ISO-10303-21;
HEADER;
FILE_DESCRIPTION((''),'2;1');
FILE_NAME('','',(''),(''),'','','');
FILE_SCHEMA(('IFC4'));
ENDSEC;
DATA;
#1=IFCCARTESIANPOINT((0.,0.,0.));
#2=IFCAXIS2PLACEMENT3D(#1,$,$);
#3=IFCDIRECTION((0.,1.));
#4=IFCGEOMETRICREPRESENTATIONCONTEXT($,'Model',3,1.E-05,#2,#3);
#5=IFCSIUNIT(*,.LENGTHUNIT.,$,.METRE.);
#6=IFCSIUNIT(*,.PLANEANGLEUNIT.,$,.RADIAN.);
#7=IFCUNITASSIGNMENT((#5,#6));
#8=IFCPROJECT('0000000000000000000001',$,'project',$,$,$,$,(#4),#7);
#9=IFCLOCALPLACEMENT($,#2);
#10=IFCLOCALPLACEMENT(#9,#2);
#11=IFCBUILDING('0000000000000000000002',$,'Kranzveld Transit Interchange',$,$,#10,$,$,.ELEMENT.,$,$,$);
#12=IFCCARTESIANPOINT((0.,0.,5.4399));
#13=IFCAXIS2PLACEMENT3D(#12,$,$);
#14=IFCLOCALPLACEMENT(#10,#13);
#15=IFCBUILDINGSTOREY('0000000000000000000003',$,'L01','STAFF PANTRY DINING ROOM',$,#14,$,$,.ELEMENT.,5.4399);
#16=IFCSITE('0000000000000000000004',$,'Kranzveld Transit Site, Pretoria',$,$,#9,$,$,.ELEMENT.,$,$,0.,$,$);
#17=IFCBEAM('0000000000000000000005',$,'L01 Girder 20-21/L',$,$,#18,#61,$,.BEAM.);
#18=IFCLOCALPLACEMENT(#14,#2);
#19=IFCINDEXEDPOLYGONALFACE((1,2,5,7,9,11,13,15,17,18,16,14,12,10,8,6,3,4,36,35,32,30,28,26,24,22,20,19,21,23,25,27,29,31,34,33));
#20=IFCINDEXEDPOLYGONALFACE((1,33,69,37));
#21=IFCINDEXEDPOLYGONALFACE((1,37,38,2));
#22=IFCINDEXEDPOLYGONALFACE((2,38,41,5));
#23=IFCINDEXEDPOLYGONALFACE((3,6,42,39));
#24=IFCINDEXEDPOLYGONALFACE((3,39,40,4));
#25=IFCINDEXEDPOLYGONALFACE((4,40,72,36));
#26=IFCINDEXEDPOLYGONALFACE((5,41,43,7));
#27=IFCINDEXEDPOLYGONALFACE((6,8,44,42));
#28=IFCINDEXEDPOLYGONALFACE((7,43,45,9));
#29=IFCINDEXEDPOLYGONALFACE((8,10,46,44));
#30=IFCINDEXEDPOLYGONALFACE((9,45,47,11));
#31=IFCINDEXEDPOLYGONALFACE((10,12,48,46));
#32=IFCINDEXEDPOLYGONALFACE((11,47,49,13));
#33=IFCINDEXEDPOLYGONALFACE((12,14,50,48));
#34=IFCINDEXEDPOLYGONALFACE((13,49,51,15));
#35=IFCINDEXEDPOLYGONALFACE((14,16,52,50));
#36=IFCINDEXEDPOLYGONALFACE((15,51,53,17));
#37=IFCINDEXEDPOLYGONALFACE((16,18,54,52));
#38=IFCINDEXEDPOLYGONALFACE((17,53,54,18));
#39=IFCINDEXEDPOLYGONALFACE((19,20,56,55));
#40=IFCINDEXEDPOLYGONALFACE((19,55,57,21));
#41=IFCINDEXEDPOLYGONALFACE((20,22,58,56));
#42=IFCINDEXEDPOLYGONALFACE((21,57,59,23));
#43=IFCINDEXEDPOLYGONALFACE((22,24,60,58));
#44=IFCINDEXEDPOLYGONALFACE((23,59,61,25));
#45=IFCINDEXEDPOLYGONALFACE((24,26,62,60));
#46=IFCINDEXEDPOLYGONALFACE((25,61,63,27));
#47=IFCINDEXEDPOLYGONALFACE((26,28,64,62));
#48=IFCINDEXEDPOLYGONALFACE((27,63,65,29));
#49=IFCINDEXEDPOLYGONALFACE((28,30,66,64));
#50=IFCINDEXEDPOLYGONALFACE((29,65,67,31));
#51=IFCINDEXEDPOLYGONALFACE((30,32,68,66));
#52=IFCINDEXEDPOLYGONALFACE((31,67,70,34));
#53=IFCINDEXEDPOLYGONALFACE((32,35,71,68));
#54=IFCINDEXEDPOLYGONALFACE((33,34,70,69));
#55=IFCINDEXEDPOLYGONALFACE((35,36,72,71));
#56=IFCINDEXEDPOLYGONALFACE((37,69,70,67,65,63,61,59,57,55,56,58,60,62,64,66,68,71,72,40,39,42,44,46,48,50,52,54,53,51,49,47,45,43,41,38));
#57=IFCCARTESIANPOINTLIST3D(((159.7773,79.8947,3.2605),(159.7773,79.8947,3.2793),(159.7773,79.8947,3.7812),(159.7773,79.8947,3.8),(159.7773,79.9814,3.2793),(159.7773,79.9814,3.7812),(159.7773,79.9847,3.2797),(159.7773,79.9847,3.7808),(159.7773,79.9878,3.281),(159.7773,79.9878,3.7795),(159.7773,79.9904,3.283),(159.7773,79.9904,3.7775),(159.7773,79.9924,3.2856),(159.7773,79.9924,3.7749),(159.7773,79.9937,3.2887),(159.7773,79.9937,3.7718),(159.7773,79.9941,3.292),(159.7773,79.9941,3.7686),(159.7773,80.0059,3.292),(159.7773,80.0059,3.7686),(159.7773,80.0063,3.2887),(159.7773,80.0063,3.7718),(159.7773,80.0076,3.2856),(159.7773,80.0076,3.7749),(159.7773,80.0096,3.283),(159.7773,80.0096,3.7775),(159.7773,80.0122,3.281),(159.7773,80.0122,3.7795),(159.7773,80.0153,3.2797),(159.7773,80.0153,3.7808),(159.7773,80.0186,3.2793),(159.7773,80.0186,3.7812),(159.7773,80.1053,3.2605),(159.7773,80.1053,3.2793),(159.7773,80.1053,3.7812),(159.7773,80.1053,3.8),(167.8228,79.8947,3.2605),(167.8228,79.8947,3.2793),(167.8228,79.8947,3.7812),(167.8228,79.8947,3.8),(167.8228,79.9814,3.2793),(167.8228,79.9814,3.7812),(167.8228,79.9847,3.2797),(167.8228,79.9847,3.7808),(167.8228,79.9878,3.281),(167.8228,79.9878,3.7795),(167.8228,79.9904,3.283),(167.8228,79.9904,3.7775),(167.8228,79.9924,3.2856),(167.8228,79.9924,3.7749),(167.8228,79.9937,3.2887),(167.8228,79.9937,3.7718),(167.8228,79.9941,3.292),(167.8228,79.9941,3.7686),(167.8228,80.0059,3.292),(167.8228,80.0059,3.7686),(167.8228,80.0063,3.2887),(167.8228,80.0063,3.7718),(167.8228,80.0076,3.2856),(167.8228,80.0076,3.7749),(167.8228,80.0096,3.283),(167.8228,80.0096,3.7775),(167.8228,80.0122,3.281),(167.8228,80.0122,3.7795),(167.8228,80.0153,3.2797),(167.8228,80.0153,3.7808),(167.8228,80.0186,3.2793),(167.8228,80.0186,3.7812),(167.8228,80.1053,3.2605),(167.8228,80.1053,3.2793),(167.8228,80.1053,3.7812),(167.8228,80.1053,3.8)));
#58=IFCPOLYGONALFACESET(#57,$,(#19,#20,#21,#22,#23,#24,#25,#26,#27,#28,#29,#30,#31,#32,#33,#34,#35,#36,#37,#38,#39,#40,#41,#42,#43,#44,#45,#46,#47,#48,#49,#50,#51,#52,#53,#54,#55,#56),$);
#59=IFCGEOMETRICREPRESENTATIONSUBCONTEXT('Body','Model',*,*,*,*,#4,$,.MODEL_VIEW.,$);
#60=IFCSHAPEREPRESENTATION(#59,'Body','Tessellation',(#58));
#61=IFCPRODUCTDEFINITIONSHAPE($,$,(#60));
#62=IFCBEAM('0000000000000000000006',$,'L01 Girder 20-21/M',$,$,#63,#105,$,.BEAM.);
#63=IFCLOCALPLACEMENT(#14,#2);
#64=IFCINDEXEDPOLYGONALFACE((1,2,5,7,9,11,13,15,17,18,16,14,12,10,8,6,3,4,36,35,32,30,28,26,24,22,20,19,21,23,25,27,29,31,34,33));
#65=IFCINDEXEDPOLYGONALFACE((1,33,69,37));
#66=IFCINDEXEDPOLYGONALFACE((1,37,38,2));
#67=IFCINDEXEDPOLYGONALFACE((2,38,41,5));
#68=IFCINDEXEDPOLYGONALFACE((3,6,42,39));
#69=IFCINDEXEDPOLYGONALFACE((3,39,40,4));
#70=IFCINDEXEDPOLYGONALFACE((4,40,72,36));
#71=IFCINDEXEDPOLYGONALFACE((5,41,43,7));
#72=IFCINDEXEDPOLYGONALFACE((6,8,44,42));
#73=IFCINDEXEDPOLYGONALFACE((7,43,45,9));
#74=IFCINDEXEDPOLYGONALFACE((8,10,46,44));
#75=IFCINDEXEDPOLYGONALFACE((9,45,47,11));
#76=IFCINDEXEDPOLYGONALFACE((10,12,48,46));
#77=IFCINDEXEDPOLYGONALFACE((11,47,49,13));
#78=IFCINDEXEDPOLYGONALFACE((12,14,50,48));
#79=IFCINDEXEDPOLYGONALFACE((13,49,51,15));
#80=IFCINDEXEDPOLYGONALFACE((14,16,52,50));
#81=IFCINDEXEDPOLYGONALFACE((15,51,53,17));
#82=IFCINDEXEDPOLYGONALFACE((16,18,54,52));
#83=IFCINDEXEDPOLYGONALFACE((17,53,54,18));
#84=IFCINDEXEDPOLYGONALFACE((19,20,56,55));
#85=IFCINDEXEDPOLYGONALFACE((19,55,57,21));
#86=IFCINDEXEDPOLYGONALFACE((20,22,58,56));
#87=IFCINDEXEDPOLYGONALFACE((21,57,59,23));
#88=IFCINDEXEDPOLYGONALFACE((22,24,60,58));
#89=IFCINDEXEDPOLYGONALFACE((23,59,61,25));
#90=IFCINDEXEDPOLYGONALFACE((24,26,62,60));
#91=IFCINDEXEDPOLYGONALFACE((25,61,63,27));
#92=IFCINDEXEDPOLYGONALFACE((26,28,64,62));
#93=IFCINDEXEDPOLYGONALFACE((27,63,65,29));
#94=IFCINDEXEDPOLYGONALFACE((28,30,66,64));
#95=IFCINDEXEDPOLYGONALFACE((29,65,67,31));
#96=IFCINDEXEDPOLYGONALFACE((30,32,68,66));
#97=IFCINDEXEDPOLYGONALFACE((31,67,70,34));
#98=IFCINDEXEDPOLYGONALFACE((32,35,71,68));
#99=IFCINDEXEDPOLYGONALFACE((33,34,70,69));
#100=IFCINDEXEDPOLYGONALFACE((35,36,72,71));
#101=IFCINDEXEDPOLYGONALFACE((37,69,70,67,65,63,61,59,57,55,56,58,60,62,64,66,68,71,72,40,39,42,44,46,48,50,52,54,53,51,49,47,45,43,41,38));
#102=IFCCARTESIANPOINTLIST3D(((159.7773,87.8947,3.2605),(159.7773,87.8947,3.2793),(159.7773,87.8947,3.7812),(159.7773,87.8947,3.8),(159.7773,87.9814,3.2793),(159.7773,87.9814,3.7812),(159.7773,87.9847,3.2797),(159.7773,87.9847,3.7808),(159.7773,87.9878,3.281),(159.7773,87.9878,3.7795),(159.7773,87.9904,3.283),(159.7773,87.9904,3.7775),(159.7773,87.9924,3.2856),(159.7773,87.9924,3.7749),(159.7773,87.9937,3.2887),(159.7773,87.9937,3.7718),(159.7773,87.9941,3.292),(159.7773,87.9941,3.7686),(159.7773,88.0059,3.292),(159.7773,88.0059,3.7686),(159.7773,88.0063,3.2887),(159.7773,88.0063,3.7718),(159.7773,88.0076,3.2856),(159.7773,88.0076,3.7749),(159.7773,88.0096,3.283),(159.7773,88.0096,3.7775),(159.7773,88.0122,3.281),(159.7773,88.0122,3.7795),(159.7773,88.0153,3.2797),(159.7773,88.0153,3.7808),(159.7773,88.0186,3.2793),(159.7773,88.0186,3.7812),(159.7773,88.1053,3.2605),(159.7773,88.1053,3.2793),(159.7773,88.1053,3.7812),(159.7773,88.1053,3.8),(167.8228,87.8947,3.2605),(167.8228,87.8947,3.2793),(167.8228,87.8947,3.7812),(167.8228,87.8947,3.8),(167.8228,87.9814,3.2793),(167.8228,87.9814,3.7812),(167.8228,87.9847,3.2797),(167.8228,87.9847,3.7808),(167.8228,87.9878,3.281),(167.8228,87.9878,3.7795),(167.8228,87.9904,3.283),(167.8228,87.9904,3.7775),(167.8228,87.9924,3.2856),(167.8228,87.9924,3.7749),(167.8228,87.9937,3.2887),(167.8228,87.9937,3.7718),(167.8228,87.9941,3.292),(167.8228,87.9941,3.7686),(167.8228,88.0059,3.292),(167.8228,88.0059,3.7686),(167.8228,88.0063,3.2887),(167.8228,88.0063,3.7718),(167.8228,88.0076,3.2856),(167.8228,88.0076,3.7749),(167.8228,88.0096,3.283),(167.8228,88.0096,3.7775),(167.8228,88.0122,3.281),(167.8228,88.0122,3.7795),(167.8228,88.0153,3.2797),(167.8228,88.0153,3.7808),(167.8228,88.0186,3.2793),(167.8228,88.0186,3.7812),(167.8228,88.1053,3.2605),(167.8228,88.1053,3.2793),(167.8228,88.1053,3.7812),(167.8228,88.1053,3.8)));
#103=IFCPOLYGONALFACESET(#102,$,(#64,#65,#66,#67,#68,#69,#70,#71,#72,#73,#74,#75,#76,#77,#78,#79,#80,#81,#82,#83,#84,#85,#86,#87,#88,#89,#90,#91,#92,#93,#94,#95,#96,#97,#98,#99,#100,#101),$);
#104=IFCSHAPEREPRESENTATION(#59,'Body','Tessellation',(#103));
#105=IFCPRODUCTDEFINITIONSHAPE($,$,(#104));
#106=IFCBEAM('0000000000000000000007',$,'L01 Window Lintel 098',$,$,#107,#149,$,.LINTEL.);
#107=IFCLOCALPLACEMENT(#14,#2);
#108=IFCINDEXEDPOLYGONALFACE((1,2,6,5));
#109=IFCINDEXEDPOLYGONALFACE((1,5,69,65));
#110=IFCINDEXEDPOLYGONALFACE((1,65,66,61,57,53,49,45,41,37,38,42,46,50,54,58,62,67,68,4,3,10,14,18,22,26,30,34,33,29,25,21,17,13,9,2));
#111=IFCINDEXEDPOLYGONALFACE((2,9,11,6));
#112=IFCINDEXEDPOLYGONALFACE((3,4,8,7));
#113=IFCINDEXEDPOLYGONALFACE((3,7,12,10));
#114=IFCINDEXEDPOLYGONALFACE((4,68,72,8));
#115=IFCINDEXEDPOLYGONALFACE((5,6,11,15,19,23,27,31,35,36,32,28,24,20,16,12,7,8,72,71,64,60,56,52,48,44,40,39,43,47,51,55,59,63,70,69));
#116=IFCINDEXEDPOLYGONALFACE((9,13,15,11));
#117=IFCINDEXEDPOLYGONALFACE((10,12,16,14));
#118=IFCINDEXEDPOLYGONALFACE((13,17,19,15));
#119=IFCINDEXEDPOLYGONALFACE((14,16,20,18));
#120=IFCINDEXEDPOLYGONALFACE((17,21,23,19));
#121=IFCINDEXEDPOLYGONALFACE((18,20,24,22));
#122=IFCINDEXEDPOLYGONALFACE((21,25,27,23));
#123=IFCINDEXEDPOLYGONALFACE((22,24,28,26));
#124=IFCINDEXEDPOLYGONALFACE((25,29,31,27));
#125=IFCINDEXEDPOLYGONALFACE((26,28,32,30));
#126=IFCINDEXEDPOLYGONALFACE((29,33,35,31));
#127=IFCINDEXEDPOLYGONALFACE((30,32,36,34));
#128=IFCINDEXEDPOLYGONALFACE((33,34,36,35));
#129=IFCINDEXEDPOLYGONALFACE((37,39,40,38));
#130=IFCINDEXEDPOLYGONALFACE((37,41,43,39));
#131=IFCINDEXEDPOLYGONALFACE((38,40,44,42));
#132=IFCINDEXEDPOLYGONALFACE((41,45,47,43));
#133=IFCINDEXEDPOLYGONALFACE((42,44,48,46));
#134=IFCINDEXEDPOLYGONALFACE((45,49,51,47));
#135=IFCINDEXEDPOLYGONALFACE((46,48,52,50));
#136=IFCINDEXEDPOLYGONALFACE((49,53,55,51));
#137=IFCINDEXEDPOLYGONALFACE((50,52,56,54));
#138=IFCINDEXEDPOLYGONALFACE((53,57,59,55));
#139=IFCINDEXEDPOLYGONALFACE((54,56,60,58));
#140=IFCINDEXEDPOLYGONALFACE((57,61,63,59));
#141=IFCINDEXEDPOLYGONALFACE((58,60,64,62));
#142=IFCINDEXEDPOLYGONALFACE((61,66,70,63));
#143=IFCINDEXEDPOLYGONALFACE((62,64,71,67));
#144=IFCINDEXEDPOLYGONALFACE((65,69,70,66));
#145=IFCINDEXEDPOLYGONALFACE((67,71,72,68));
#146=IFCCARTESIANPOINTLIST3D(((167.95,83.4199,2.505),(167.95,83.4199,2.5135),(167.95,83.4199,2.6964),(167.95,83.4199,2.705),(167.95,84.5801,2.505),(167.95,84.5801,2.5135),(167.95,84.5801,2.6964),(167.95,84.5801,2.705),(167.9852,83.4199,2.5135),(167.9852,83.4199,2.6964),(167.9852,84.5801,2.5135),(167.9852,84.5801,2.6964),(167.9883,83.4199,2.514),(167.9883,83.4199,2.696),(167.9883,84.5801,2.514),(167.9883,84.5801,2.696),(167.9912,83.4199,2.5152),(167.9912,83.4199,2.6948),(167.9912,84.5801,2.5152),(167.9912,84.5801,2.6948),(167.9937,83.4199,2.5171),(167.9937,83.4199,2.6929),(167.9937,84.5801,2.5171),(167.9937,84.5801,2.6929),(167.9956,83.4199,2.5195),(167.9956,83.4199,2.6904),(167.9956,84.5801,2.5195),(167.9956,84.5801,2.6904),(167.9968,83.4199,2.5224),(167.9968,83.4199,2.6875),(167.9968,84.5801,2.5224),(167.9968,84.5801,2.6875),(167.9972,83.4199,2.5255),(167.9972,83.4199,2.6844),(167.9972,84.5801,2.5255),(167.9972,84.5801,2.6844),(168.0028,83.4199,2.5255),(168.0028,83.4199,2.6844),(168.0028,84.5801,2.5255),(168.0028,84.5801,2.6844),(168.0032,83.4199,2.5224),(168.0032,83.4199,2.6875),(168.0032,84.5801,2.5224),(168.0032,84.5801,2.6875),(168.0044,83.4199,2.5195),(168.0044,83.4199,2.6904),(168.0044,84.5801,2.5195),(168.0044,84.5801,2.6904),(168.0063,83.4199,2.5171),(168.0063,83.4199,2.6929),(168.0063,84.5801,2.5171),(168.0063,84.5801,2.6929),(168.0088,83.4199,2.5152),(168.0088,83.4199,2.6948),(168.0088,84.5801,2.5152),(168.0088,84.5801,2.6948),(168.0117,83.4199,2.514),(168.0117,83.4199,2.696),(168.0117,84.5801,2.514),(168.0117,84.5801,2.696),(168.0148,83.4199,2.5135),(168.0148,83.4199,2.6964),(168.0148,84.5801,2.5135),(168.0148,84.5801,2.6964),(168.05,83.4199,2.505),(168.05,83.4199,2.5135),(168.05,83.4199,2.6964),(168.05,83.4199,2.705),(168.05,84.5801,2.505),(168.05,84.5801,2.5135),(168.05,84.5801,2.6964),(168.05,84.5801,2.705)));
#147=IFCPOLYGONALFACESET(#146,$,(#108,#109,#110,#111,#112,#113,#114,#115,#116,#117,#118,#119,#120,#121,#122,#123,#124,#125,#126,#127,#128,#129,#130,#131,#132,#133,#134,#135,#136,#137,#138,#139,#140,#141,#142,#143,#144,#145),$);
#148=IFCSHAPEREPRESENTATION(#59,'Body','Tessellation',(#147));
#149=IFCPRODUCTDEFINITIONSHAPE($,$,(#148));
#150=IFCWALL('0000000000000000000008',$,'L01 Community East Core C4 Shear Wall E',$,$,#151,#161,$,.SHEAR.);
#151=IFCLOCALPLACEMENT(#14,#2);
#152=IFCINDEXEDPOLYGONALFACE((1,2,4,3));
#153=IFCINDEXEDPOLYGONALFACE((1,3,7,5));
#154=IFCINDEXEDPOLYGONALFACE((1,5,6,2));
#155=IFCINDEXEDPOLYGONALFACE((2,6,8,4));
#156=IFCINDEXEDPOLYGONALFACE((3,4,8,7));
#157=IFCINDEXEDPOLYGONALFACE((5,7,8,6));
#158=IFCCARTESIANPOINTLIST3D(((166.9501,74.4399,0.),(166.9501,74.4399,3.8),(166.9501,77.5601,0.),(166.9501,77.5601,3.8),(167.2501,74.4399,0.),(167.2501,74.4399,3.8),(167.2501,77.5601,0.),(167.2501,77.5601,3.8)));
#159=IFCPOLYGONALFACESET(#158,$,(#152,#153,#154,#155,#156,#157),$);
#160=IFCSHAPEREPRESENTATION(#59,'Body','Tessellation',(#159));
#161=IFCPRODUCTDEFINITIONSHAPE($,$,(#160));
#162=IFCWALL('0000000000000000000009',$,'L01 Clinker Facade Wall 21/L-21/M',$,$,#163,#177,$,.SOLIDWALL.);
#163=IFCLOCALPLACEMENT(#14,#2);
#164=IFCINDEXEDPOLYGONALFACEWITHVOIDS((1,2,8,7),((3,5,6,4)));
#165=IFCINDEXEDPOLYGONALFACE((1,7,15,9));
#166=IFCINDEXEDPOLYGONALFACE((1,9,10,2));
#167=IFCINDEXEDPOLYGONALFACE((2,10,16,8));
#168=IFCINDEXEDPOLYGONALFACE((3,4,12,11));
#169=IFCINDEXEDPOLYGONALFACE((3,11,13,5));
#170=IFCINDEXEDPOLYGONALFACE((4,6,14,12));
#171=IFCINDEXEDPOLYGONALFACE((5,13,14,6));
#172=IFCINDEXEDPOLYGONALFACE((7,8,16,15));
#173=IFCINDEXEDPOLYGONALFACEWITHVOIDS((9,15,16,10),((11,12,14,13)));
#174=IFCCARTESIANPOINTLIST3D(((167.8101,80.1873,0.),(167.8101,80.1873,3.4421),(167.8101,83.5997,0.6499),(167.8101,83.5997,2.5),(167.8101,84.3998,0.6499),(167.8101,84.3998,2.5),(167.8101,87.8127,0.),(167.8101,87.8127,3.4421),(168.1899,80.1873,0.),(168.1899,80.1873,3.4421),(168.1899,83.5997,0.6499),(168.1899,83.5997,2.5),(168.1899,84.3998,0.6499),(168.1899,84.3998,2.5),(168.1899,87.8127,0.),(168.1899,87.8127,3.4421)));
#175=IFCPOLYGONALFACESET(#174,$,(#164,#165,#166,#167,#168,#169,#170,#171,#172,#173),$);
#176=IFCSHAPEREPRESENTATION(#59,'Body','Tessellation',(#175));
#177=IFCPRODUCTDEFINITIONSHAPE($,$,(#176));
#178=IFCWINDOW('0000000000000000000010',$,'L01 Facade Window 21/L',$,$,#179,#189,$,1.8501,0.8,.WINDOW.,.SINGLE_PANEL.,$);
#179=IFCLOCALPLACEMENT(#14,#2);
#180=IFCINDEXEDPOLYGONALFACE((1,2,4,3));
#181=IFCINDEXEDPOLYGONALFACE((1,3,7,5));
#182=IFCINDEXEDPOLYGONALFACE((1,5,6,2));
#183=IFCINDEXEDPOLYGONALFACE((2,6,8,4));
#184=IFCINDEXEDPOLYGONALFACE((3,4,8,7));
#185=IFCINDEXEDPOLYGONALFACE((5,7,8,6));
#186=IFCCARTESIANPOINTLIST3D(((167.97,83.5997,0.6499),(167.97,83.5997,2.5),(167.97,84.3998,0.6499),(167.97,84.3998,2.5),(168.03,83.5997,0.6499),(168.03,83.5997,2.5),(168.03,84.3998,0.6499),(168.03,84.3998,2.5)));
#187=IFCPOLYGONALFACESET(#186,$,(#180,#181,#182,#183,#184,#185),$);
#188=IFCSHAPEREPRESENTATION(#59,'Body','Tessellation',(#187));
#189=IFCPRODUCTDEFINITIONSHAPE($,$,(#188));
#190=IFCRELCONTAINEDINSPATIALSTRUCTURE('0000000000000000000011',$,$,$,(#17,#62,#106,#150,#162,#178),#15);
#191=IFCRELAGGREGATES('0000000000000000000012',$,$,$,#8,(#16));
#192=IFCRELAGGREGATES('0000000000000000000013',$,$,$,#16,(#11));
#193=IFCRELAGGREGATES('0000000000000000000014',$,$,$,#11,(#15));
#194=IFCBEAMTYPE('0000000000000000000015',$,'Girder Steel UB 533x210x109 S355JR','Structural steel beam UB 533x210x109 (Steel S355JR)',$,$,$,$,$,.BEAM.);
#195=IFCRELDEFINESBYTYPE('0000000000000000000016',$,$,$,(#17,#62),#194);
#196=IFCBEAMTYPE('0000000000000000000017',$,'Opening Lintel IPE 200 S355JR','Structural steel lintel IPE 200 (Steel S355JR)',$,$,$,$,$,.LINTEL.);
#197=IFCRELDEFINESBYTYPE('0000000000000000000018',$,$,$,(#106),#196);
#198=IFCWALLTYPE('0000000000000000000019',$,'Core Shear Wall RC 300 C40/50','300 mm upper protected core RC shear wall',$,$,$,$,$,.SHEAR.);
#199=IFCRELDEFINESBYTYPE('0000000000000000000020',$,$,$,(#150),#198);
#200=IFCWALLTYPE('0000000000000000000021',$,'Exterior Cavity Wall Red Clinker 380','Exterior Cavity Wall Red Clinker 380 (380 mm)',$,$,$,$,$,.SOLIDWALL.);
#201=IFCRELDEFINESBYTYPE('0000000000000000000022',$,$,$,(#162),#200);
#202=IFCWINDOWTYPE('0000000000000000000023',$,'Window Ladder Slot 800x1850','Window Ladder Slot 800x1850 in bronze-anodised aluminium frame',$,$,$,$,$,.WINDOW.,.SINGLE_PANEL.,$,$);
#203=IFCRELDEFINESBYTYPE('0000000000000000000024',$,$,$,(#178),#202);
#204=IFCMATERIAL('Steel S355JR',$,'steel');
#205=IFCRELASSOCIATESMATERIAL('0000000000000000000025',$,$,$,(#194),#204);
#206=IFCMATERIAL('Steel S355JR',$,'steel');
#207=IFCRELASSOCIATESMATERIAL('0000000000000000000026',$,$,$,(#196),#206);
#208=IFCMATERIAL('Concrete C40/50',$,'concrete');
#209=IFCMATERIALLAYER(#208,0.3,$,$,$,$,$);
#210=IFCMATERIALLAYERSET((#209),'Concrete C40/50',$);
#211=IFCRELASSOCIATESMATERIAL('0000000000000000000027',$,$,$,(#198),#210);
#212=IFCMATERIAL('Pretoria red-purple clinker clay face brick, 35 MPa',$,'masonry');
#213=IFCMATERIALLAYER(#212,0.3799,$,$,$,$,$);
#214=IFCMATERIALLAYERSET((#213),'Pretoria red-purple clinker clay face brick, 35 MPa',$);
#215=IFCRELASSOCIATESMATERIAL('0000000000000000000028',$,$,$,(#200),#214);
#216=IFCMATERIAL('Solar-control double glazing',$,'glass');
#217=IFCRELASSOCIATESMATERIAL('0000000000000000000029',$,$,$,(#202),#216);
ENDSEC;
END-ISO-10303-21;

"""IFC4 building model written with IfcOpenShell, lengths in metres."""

from ifc_helpers import new_model, si_unit, direction, frame, frame_2d, origin, origin_2d, place, context, subcontext, project, spatial, rectangle, i_section, extrude, material, layer, layer_set, material_profile, profile_set, type_object, element, fill, save


model = new_model("IFC4")

# Units and contexts
model_context = context("Model", 3, precision=1e-05, world=origin(), true_north=direction((0.0, 1.0)))
body_context = subcontext(model_context, "Body", "Model", "MODEL_VIEW")
ifc_project = project(units=[si_unit("LENGTHUNIT", "METRE"), si_unit("PLANEANGLEUNIT", "RADIAN")], contexts=[model_context])

# Site, building, storey
site_placement = place(None, origin())
site = spatial("IfcSite", under=ifc_project, at=site_placement, Name="Kranzveld Transit Site, Pretoria", CompositionType="ELEMENT", RefElevation=0.0)
building_placement = place(site_placement, origin())
building = spatial("IfcBuilding", under=site, at=building_placement, Name="Kranzveld Transit Interchange", CompositionType="ELEMENT")
storey_placement = place(building_placement, frame((0.0, 0.0, 5.4399)))
storey = spatial("IfcBuildingStorey", under=building, at=storey_placement, Name="L01", Description="STAFF PANTRY DINING ROOM", CompositionType="ELEMENT", Elevation=5.4399)

# Beams
ifc_material_1 = material(Name="Steel S355JR", Category="steel")
ifc_material_profile_1 = material_profile(ifc_material_1, i_section(OverallWidth=0.2107, OverallDepth=0.5396, WebThickness=0.0117, FlangeThickness=0.0188, FilletRadius=0.0127, at=origin_2d()), Name="UB 533x210x109")
ifc_profile_set_1 = profile_set([ifc_material_profile_1], Name="Steel S355JR")
beam_type_1 = type_object("IfcBeamType", Name="Girder Steel UB 533x210x109 S355JR", Description="Structural steel beam UB 533x210x109 (Steel S355JR)", PredefinedType="BEAM", material=ifc_profile_set_1)
for number, where, z_axis, x_axis, name in (
    (1, (159.7773, 80.0, 3.5303), (1.0, 0.0, 0.0), (0.0, 1.0, 0.0), "L01 Girder 20-21/L"),
    (2, (159.7773, 88.0, 3.5303), (1.0, 0.0, 0.0), (0.0, 1.0, 0.0), "L01 Girder 20-21/M"),
):
    element("IfcBeam", number, at=place(storey_placement, frame(where, z_axis=z_axis, x_axis=x_axis)), inside=storey, type_object=beam_type_1, Name=name, PredefinedType="BEAM", context=body_context, shape_type="SweptSolid", body=[
        extrude(i_section(OverallWidth=0.2107, OverallDepth=0.5396, WebThickness=0.0117, FlangeThickness=0.0188, FilletRadius=0.0127, at=origin_2d()), origin(), (0.0, 0.0, 1.0), 8.0454),
    ])
ifc_material_2 = material(Name="Steel S355JR", Category="steel")
ifc_material_profile_2 = material_profile(ifc_material_2, i_section(OverallWidth=0.1001, OverallDepth=0.2, WebThickness=0.0056, FlangeThickness=0.0085, FilletRadius=0.012, at=origin_2d()), Name="IPE 200")
ifc_profile_set_2 = profile_set([ifc_material_profile_2], Name="Steel S355JR")
beam_type_2 = type_object("IfcBeamType", Name="Opening Lintel IPE 200 S355JR", Description="Structural steel lintel IPE 200 (Steel S355JR)", PredefinedType="LINTEL", material=ifc_profile_set_2)
beam_placement = place(storey_placement, frame((168.0, 83.4199, 2.605), z_axis=(0.0, 1.0, 0.0), x_axis=(-1.0, 0.0, 0.0)))
element("IfcBeam", 3, at=beam_placement, inside=storey, type_object=beam_type_2, Name="L01 Window Lintel 098", PredefinedType="LINTEL", context=body_context, shape_type="SweptSolid", body=[
    extrude(i_section(OverallWidth=0.1001, OverallDepth=0.2, WebThickness=0.0056, FlangeThickness=0.0085, FilletRadius=0.012, at=origin_2d()), origin(), (0.0, 0.0, 1.0), 1.1602),
])

# Wall
ifc_material_3 = material(Name="Concrete C40/50", Category="concrete")
ifc_layer_1 = layer(ifc_material_3, 0.3)
ifc_layer_set_1 = layer_set([ifc_layer_1], Name="Concrete C40/50")
wall_type_1 = type_object("IfcWallType", Name="Core Shear Wall RC 300 C40/50", Description="300 mm upper protected core RC shear wall", PredefinedType="SHEAR", material=ifc_layer_set_1)
wall_1_placement = place(storey_placement, frame((167.1001, 74.4399, 0.0), z_axis=(0.0, 0.0, 1.0), x_axis=(0.0, 1.0, 0.0)))
element("IfcWall", 4, at=wall_1_placement, inside=storey, type_object=wall_type_1, Name="L01 Community East Core C4 Shear Wall E", PredefinedType="SHEAR", context=body_context, shape_type="SweptSolid", body=[
    extrude(rectangle(XDim=3.1201, YDim=0.3, at=frame_2d((1.5601, 0.0))), origin(), (0.0, 0.0, 1.0), 3.8),
])

# Wall, opening, window
ifc_material_4 = material(Name="Pretoria red-purple clinker clay face brick, 35 MPa", Category="masonry")
ifc_layer_2 = layer(ifc_material_4, 0.3799)
ifc_layer_set_2 = layer_set([ifc_layer_2], Name="Pretoria red-purple clinker clay face brick, 35 MPa")
wall_type_2 = type_object("IfcWallType", Name="Exterior Cavity Wall Red Clinker 380", Description="Exterior Cavity Wall Red Clinker 380 (380 mm)", PredefinedType="SOLIDWALL", material=ifc_layer_set_2)
wall_2_placement = place(storey_placement, frame((168.0, 80.1873, 0.0), z_axis=(0.0, 0.0, 1.0), x_axis=(0.0, 1.0, 0.0)))
wall_2 = element("IfcWall", 5, at=wall_2_placement, inside=storey, type_object=wall_type_2, Name="L01 Clinker Facade Wall 21/L-21/M", PredefinedType="SOLIDWALL", context=body_context, shape_type="SweptSolid", body=[
    extrude(rectangle(XDim=7.6255, YDim=0.3799, at=frame_2d((3.8127, 0.0))), origin(), (0.0, 0.0, 1.0), 3.4421),
])
opening_1_placement = place(wall_2_placement, frame((3.4126, 0.0, 0.6499), z_axis=(0.0, 0.0, 1.0), x_axis=(1.0, 0.0, 0.0)))
opening_1 = element("IfcOpeningElement", 6, at=opening_1_placement, cuts=wall_2, PredefinedType="OPENING", context=body_context, shape_type="SweptSolid", body=[
    extrude(rectangle(XDim=0.8, YDim=1.8501, at=frame_2d((0.3999, 0.925))), frame((0.0, 0.2, 0.0), z_axis=(0.0, -1.0, 0.0), x_axis=(1.0, 0.0, 0.0)), (0.0, 0.0, 1.0), 0.3999),
])
ifc_material_5 = material(Name="Solar-control double glazing", Category="glass")
window_type_1 = type_object("IfcWindowType", Name="Window Ladder Slot 800x1850", Description="Window Ladder Slot 800x1850 in bronze-anodised aluminium frame", PartitioningType="SINGLE_PANEL", PredefinedType="WINDOW", material=ifc_material_5)
window_1_placement = place(opening_1_placement, origin())
window_1 = element("IfcWindow", 7, at=window_1_placement, inside=storey, type_object=window_type_1, Name="L01 Facade Window 21/L", OverallHeight=1.8501, OverallWidth=0.8, PartitioningType="SINGLE_PANEL", PredefinedType="WINDOW", context=body_context, shape_type="SweptSolid", body=[
    extrude(rectangle(XDim=0.8, YDim=1.8501, at=frame_2d((0.3999, 0.925))), frame((0.0, 0.03, 0.0), z_axis=(0.0, -1.0, 0.0), x_axis=(1.0, 0.0, 0.0)), (0.0, 0.0, 1.0), 0.0601),
])
fill(opening_1, window_1)

save(model, "model.ifc")
